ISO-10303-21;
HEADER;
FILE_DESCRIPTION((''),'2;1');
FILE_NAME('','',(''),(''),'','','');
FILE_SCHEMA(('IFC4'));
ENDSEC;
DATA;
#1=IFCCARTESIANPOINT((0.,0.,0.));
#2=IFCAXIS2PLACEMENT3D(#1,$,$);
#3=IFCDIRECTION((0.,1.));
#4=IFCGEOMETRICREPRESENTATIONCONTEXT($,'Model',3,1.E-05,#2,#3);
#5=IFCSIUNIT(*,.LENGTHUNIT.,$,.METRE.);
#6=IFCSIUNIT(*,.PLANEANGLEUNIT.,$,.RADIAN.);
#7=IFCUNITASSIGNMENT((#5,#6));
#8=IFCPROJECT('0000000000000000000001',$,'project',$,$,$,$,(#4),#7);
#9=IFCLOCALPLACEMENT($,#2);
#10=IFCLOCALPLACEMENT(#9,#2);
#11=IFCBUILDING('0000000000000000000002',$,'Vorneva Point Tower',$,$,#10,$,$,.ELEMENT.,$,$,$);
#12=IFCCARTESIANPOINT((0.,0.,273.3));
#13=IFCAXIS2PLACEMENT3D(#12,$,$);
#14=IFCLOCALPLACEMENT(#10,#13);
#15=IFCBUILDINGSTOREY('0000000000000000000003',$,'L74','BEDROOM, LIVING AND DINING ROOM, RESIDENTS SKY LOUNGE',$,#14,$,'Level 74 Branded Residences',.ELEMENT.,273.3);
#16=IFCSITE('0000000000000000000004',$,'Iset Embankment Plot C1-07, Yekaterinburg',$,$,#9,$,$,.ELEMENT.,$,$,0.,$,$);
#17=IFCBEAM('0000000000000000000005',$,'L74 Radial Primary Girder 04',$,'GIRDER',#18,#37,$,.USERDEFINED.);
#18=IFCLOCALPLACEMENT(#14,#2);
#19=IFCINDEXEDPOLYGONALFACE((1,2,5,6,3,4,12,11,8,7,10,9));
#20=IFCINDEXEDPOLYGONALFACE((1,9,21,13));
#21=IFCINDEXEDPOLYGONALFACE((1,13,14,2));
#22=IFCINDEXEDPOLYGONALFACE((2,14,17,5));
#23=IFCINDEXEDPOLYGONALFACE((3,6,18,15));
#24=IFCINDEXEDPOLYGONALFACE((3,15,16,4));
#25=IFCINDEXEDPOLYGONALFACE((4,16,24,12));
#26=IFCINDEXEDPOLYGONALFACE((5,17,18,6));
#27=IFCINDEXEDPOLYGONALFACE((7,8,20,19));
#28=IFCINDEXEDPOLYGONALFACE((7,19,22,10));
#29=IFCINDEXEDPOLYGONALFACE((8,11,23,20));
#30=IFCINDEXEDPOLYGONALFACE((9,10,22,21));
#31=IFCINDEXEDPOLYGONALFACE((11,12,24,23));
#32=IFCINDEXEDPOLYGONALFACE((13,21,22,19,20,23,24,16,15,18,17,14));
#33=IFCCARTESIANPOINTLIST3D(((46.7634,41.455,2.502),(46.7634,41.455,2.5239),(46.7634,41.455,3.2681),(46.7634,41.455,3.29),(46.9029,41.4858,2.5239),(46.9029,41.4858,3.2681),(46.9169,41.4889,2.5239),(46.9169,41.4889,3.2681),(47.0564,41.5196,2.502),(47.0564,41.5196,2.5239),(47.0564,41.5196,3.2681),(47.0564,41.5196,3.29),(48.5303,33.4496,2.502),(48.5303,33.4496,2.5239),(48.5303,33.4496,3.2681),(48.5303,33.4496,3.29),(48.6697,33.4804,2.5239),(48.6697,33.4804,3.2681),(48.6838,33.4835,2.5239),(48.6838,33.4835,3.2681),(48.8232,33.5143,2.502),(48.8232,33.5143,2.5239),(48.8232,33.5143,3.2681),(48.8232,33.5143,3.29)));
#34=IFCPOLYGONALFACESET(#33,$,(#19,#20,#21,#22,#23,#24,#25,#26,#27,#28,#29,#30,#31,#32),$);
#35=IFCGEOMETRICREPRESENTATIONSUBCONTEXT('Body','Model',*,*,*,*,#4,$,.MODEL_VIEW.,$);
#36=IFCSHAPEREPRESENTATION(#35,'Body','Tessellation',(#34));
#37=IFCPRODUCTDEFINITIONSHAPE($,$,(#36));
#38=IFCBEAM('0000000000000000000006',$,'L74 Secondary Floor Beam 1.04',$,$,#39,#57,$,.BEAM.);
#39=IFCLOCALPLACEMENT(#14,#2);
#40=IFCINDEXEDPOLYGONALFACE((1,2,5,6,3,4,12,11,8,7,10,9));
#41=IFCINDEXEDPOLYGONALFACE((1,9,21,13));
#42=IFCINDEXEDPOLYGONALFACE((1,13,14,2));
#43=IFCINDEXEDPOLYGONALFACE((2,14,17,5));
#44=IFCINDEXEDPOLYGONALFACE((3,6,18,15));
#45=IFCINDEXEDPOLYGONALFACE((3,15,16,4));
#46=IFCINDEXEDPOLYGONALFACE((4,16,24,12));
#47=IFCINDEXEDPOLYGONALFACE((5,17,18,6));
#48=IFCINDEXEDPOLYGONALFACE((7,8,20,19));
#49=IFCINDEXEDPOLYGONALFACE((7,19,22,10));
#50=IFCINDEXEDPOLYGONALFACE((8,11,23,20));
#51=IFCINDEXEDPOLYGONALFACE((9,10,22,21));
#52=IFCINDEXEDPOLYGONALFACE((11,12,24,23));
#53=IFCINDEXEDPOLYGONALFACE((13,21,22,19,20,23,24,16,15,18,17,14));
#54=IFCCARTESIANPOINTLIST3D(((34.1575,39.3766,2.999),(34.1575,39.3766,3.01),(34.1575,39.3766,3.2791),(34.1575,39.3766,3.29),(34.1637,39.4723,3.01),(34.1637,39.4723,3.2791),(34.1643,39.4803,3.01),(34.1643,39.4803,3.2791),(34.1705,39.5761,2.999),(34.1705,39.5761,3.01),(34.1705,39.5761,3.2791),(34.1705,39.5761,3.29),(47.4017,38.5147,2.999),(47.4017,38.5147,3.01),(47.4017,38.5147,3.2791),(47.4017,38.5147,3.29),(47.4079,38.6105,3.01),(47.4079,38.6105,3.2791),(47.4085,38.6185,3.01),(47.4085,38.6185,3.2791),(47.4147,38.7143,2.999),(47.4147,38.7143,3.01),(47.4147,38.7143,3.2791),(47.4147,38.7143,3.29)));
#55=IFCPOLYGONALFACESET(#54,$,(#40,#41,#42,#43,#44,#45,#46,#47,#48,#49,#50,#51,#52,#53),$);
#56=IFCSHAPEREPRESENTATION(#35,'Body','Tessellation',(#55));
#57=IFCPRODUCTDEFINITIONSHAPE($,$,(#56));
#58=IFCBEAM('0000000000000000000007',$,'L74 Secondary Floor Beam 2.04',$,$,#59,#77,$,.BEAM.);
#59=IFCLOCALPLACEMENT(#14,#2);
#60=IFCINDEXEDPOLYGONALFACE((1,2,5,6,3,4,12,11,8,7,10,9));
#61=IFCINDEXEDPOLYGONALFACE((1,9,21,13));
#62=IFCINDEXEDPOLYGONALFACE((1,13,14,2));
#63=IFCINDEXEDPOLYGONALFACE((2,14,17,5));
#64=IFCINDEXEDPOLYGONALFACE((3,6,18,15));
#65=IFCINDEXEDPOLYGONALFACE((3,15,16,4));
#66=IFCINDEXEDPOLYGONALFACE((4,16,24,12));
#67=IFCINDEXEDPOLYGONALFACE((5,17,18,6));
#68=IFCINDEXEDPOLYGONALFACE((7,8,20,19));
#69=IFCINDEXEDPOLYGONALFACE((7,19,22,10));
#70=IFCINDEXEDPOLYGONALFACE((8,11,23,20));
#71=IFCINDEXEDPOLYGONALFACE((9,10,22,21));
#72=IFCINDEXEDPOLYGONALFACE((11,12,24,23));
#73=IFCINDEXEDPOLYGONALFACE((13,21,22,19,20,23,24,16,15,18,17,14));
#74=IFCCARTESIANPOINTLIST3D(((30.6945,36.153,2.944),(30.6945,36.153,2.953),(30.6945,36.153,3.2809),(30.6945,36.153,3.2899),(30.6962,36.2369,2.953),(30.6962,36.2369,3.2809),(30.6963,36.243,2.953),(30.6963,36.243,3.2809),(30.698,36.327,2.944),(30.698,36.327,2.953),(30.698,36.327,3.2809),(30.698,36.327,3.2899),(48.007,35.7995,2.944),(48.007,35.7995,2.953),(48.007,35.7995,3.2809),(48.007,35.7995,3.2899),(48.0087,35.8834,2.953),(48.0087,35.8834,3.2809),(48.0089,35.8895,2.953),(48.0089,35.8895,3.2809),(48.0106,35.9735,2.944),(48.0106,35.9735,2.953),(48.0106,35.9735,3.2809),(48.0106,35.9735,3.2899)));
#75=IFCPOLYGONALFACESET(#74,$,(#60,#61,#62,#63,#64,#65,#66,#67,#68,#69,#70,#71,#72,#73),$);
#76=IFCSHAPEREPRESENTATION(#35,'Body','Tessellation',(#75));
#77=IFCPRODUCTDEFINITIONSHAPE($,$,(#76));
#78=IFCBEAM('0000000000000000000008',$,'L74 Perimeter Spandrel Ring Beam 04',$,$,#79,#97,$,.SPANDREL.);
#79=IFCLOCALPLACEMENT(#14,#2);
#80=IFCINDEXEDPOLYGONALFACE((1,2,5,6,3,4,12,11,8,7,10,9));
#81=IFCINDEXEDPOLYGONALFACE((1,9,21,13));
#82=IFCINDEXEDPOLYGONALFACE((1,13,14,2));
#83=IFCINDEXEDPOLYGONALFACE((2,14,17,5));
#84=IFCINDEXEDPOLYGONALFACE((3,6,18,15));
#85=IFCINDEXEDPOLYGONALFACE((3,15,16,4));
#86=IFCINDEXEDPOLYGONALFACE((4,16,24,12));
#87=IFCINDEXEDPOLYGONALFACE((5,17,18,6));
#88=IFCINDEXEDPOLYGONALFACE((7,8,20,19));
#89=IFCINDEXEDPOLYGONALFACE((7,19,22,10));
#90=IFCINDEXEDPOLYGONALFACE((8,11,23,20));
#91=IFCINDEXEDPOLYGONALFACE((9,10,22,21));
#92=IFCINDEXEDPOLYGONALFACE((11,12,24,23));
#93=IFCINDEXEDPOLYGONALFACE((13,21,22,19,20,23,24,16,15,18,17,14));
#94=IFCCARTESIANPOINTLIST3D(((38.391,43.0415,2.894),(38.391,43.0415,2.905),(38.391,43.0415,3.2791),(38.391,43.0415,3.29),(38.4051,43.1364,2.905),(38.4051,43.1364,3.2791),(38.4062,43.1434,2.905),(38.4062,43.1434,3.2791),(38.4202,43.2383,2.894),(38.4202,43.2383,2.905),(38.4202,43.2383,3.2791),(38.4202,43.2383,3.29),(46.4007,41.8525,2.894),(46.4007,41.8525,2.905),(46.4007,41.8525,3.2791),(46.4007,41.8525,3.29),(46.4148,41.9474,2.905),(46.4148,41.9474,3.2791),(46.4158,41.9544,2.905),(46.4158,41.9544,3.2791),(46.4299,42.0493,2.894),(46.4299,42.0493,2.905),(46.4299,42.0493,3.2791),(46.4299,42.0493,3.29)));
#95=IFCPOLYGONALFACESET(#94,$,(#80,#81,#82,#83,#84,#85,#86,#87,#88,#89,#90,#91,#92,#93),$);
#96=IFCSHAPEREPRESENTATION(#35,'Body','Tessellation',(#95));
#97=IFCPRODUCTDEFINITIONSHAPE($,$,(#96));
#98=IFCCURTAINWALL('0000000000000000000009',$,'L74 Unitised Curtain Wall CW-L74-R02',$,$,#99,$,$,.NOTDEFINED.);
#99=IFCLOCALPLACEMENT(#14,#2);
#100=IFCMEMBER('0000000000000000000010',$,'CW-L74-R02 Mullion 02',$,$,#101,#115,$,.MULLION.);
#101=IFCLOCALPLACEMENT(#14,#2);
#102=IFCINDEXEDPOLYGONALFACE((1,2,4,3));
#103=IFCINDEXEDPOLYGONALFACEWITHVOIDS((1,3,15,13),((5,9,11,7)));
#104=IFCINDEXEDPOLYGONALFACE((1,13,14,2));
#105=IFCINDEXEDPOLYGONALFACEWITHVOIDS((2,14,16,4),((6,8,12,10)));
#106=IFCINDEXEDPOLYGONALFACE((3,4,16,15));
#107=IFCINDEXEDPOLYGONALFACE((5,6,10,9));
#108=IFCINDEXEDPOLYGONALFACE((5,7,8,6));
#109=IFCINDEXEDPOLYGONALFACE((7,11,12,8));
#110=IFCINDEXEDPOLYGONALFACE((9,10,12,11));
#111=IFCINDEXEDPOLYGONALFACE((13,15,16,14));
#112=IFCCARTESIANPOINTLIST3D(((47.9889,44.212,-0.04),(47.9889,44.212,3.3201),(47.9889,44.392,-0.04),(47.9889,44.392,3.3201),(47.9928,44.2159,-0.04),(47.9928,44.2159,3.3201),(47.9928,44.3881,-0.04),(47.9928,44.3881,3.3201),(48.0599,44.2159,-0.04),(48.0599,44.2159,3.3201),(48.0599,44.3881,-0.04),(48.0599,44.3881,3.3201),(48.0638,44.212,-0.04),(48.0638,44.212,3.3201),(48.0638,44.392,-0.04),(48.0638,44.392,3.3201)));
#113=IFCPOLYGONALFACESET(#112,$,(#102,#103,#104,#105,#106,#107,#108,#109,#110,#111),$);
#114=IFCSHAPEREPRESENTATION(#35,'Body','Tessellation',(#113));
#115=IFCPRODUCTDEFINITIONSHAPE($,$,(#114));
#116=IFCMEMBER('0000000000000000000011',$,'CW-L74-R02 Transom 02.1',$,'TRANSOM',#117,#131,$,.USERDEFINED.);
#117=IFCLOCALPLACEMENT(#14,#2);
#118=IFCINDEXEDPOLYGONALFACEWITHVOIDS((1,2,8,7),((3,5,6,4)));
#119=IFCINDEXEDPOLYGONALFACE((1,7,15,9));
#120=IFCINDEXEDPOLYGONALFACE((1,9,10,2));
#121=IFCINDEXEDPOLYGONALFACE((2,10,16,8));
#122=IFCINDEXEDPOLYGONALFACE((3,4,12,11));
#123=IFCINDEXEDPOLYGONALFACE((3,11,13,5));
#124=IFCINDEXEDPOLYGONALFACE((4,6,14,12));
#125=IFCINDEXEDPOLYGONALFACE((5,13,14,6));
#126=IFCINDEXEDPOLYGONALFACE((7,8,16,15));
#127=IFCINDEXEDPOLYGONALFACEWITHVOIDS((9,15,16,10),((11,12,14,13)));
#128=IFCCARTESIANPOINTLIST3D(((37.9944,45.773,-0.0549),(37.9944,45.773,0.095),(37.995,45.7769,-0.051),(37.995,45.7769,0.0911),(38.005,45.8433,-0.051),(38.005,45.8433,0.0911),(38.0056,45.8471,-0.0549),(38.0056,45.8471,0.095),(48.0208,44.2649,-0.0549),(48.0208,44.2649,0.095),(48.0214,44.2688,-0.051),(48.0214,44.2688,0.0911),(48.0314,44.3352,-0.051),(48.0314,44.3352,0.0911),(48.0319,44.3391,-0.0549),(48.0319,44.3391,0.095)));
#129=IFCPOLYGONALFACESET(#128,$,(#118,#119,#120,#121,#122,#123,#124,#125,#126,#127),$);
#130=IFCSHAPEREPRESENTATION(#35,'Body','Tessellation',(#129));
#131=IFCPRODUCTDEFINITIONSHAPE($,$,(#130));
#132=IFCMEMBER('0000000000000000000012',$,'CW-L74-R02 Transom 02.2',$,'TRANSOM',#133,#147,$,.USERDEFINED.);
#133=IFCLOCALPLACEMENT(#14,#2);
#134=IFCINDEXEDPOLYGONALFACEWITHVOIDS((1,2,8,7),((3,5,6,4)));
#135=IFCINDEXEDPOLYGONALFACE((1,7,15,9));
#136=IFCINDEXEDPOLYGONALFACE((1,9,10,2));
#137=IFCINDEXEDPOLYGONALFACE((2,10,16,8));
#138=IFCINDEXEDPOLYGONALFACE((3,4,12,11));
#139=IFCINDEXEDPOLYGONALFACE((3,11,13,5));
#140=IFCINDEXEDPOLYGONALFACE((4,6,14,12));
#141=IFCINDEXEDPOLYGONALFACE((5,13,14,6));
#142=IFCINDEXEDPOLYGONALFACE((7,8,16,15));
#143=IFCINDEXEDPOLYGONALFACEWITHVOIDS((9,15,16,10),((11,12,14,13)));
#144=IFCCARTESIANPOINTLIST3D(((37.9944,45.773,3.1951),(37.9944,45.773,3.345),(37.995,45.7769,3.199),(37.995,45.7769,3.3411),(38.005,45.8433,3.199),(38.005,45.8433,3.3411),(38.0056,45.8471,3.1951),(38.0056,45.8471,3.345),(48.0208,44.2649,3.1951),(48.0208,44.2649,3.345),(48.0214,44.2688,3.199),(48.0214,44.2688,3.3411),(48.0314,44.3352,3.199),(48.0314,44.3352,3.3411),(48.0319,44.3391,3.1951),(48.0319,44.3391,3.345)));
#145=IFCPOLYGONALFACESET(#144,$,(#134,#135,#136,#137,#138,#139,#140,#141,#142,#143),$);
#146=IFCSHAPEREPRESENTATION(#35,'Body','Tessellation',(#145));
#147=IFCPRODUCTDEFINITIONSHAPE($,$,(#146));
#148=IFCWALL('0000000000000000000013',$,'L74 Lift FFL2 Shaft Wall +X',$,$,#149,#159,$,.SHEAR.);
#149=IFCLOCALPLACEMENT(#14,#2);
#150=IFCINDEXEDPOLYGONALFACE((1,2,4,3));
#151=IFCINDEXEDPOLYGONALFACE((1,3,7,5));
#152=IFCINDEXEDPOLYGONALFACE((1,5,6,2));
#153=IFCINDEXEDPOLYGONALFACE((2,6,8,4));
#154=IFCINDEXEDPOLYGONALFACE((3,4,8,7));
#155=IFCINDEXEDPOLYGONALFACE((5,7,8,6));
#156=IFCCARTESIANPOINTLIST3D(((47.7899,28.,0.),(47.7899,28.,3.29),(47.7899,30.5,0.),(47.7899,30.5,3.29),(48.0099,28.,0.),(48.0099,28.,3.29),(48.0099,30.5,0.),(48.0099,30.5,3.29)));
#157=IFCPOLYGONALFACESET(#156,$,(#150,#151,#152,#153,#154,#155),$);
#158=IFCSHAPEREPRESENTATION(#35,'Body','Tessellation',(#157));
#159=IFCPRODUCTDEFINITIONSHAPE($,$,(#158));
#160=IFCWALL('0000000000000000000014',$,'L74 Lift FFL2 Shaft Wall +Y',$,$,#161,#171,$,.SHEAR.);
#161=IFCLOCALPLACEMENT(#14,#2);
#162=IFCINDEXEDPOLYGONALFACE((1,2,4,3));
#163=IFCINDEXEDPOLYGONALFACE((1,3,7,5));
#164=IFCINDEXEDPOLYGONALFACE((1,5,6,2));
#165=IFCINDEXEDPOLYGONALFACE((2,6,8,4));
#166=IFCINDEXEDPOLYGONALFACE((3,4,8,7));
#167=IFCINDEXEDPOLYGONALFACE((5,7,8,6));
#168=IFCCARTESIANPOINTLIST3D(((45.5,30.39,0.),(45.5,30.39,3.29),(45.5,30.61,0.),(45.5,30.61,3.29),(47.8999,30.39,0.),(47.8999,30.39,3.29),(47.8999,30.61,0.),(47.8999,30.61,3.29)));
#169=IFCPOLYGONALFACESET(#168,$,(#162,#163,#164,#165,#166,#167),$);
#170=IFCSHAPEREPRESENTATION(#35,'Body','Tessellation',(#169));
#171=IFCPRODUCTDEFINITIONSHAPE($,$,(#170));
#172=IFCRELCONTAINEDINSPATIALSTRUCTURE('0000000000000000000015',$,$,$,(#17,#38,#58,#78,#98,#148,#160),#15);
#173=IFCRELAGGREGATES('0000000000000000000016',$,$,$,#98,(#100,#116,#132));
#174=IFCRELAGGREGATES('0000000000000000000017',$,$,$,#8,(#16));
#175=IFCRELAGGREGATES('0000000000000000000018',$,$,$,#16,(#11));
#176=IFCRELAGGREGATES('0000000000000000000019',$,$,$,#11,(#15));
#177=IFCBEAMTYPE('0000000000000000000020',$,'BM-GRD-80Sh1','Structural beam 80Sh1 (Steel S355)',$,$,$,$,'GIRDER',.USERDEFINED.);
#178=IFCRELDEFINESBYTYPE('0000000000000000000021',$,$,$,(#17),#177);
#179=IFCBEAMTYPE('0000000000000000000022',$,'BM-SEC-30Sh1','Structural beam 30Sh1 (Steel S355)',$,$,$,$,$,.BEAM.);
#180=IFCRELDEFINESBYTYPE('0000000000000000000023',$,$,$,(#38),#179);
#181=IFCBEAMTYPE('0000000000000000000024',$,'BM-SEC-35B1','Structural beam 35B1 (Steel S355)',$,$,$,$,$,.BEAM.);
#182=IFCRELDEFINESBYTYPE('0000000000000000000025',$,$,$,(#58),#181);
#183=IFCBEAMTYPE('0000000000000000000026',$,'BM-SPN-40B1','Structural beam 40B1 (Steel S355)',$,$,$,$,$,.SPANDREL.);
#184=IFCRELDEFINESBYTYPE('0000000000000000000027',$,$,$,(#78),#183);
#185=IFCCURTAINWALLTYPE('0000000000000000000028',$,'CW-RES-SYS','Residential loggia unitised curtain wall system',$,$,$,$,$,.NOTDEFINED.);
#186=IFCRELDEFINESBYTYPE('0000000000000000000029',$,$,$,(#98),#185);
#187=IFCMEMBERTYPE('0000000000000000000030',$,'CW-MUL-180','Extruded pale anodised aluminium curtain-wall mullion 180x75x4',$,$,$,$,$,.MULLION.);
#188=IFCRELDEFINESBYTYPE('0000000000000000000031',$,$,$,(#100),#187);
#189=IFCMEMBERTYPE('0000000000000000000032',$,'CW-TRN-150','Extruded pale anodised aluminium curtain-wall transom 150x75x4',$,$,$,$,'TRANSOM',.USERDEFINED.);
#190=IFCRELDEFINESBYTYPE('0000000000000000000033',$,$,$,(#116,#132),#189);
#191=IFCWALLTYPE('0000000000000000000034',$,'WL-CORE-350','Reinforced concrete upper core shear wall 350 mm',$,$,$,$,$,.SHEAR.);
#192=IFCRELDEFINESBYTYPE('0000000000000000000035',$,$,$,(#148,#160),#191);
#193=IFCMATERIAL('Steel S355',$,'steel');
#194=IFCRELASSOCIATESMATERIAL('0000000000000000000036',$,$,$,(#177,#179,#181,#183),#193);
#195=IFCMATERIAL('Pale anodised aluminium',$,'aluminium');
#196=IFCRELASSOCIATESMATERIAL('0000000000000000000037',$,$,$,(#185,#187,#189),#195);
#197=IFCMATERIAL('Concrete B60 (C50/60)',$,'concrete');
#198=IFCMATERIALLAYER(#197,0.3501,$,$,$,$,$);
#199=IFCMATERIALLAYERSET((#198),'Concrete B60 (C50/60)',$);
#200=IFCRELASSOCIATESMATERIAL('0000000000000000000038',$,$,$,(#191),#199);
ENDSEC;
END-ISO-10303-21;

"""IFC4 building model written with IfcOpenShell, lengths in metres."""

from ifc_helpers import new_model, si_unit, direction, frame, frame_2d, origin, origin_2d, place, context, subcontext, project, spatial, rectangle, hollow_rectangle, i_section, extrude, material, layer, layer_set, material_profile, profile_set, type_object, element, aggregate, save


model = new_model("IFC4")

# Units and contexts
model_context = context("Model", 3, precision=1e-05, world=origin(), true_north=direction((0.0, 1.0)))
body_context = subcontext(model_context, "Body", "Model", "MODEL_VIEW")
ifc_project = project(units=[si_unit("LENGTHUNIT", "METRE"), si_unit("PLANEANGLEUNIT", "RADIAN")], contexts=[model_context])

# Site, building, storey
site_placement = place(None, origin())
site = spatial("IfcSite", under=ifc_project, at=site_placement, Name="Iset Embankment Plot C1-07, Yekaterinburg", CompositionType="ELEMENT", RefElevation=0.0)
building_placement = place(site_placement, origin())
building = spatial("IfcBuilding", under=site, at=building_placement, Name="Vorneva Point Tower", CompositionType="ELEMENT")
storey_placement = place(building_placement, frame((0.0, 0.0, 273.3)))
storey = spatial("IfcBuildingStorey", under=building, at=storey_placement, Name="L74", Description="BEDROOM, LIVING AND DINING ROOM, RESIDENTS SKY LOUNGE", LongName="Level 74 Branded Residences", CompositionType="ELEMENT", Elevation=273.3)

# Beams
ifc_material_1 = material(Name="Steel S355", Category="steel")
ifc_material_profile_1 = material_profile(ifc_material_1, i_section(OverallWidth=0.3, OverallDepth=0.7881, WebThickness=0.0144, FlangeThickness=0.022, at=origin_2d()), Name="80Sh1")
ifc_profile_set_1 = profile_set([ifc_material_profile_1], Name="Steel S355")
beam_type_1 = type_object("IfcBeamType", Name="BM-GRD-80Sh1", Description="Structural beam 80Sh1 (Steel S355)", ElementType="GIRDER", PredefinedType="USERDEFINED", material=ifc_profile_set_1)
beam_1_placement = place(storey_placement, frame((46.9099, 41.4873, 2.896), z_axis=(0.215521, -0.976499, 0.0), x_axis=(0.976499, 0.215521, 0.0)))
element("IfcBeam", 1, at=beam_1_placement, inside=storey, type_object=beam_type_1, Name="L74 Radial Primary Girder 04", ObjectType="GIRDER", PredefinedType="USERDEFINED", context=body_context, shape_type="SweptSolid", body=[
    extrude(i_section(OverallWidth=0.3, OverallDepth=0.7881, WebThickness=0.0144, FlangeThickness=0.022, at=origin_2d()), origin(), (0.0, 0.0, 1.0), 8.198),
])
ifc_material_profile_2 = material_profile(ifc_material_1, i_section(OverallWidth=0.2, OverallDepth=0.291, WebThickness=0.0081, FlangeThickness=0.011, at=origin_2d()), Name="30Sh1")
ifc_profile_set_2 = profile_set([ifc_material_profile_2], Name="Steel S355")
beam_type_2 = type_object("IfcBeamType", Name="BM-SEC-30Sh1", Description="Structural beam 30Sh1 (Steel S355)", PredefinedType="BEAM", material=ifc_profile_set_2)
beam_2_placement = place(storey_placement, frame((47.4082, 38.6145, 3.1445), z_axis=(-0.99789, 0.064934, 0.0), x_axis=(-0.064934, -0.99789, 0.0)))
element("IfcBeam", 2, at=beam_2_placement, inside=storey, type_object=beam_type_2, Name="L74 Secondary Floor Beam 1.04", PredefinedType="BEAM", context=body_context, shape_type="SweptSolid", body=[
    extrude(i_section(OverallWidth=0.2, OverallDepth=0.291, WebThickness=0.0081, FlangeThickness=0.011, at=origin_2d()), origin(), (0.0, 0.0, 1.0), 13.2722),
])
ifc_material_profile_3 = material_profile(ifc_material_1, i_section(OverallWidth=0.1741, OverallDepth=0.3459, WebThickness=0.0061, FlangeThickness=0.009, at=origin_2d()), Name="35B1")
ifc_profile_set_3 = profile_set([ifc_material_profile_3], Name="Steel S355")
beam_type_3 = type_object("IfcBeamType", Name="BM-SEC-35B1", Description="Structural beam 35B1 (Steel S355)", PredefinedType="BEAM", material=ifc_profile_set_3)
beam_3_placement = place(storey_placement, frame((48.0088, 35.8865, 3.1169), z_axis=(-0.999792, 0.020415, 0.0), x_axis=(-0.020415, -0.999792, 0.0)))
element("IfcBeam", 3, at=beam_3_placement, inside=storey, type_object=beam_type_3, Name="L74 Secondary Floor Beam 2.04", PredefinedType="BEAM", context=body_context, shape_type="SweptSolid", body=[
    extrude(i_section(OverallWidth=0.1741, OverallDepth=0.3459, WebThickness=0.0061, FlangeThickness=0.009, at=origin_2d()), origin(), (0.0, 0.0, 1.0), 17.3162),
])
ifc_material_profile_4 = material_profile(ifc_material_1, i_section(OverallWidth=0.199, OverallDepth=0.396, WebThickness=0.0071, FlangeThickness=0.011, at=origin_2d()), Name="40B1")
ifc_profile_set_4 = profile_set([ifc_material_profile_4], Name="Steel S355")
beam_type_4 = type_object("IfcBeamType", Name="BM-SPN-40B1", Description="Structural beam 40B1 (Steel S355)", PredefinedType="SPANDREL", material=ifc_profile_set_4)
beam_4_placement = place(storey_placement, frame((46.4153, 41.9509, 3.092), z_axis=(-0.989162, 0.146831, 0.0), x_axis=(-0.146831, -0.989162, 0.0)))
element("IfcBeam", 4, at=beam_4_placement, inside=storey, type_object=beam_type_4, Name="L74 Perimeter Spandrel Ring Beam 04", PredefinedType="SPANDREL", context=body_context, shape_type="SweptSolid", body=[
    extrude(i_section(OverallWidth=0.199, OverallDepth=0.396, WebThickness=0.0071, FlangeThickness=0.011, at=origin_2d()), origin(), (0.0, 0.0, 1.0), 8.0974),
])

# Curtain wall, members
ifc_material_2 = material(Name="Pale anodised aluminium", Category="aluminium")
curtain_wall_type = type_object("IfcCurtainWallType", Name="CW-RES-SYS", Description="Residential loggia unitised curtain wall system", PredefinedType="NOTDEFINED", material=ifc_material_2)
curtain_wall_placement = place(storey_placement, origin())
curtain_wall = element("IfcCurtainWall", 5, at=curtain_wall_placement, inside=storey, type_object=curtain_wall_type, Name="L74 Unitised Curtain Wall CW-L74-R02", PredefinedType="NOTDEFINED")
ifc_material_profile_5 = material_profile(ifc_material_2, hollow_rectangle(XDim=0.075, YDim=0.1799, WallThickness=0.0039, at=origin_2d()), Name="AL-MUL 180x75x4")
ifc_profile_set_5 = profile_set([ifc_material_profile_5], Name="Pale anodised aluminium")
member_type_1 = type_object("IfcMemberType", Name="CW-MUL-180", Description="Extruded pale anodised aluminium curtain-wall mullion 180x75x4", PredefinedType="MULLION", material=ifc_profile_set_5)
member_1_placement = place(storey_placement, frame((48.0264, 44.302, -0.04), z_axis=(0.0, 0.0, 1.0), x_axis=(1.0, 0.0, 0.0)))
member_1 = element("IfcMember", 6, at=member_1_placement, type_object=member_type_1, Name="CW-L74-R02 Mullion 02", PredefinedType="MULLION", context=body_context, shape_type="SweptSolid", body=[
    extrude(hollow_rectangle(XDim=0.075, YDim=0.1799, WallThickness=0.0039, at=origin_2d()), origin(), (0.0, 0.0, 1.0), 3.3601),
])
ifc_material_profile_6 = material_profile(ifc_material_2, hollow_rectangle(XDim=0.075, YDim=0.1499, WallThickness=0.0039, at=origin_2d()), Name="AL-TRN 150x75x4")
ifc_profile_set_6 = profile_set([ifc_material_profile_6], Name="Pale anodised aluminium")
member_type_2 = type_object("IfcMemberType", Name="CW-TRN-150", Description="Extruded pale anodised aluminium curtain-wall transom 150x75x4", ElementType="TRANSOM", PredefinedType="USERDEFINED", material=ifc_profile_set_6)
member_2_placement = place(storey_placement, frame((48.0264, 44.302, 0.02), z_axis=(-0.988877, 0.148736, 0.0), x_axis=(-0.148736, -0.988877, 0.0)))
member_2 = element("IfcMember", 7, at=member_2_placement, type_object=member_type_2, Name="CW-L74-R02 Transom 02.1", ObjectType="TRANSOM", PredefinedType="USERDEFINED", context=body_context, shape_type="SweptSolid", body=[
    extrude(hollow_rectangle(XDim=0.075, YDim=0.1499, WallThickness=0.0039, at=origin_2d()), origin(), (0.0, 0.0, 1.0), 10.1392),
])
member_3_placement = place(storey_placement, frame((48.0264, 44.302, 3.27), z_axis=(-0.988877, 0.148736, 0.0), x_axis=(-0.148736, -0.988877, 0.0)))
member_3 = element("IfcMember", 8, at=member_3_placement, type_object=member_type_2, Name="CW-L74-R02 Transom 02.2", ObjectType="TRANSOM", PredefinedType="USERDEFINED", context=body_context, shape_type="SweptSolid", body=[
    extrude(hollow_rectangle(XDim=0.075, YDim=0.1499, WallThickness=0.0039, at=origin_2d()), origin(), (0.0, 0.0, 1.0), 10.1392),
])
aggregate(curtain_wall, [member_1, member_2, member_3])

# Walls
ifc_material_3 = material(Name="Concrete B60 (C50/60)", Category="concrete")
ifc_layer_1 = layer(ifc_material_3, 0.3501)
ifc_layer_set_1 = layer_set([ifc_layer_1], Name="Concrete B60 (C50/60)")
wall_type_1 = type_object("IfcWallType", Name="WL-CORE-350", Description="Reinforced concrete upper core shear wall 350 mm", PredefinedType="SHEAR", material=ifc_layer_set_1)
wall_1_placement = place(storey_placement, frame((47.8999, 28.0, 0.0), z_axis=(0.0, 0.0, 1.0), x_axis=(0.0, 1.0, 0.0)))
element("IfcWall", 9, at=wall_1_placement, inside=storey, type_object=wall_type_1, Name="L74 Lift FFL2 Shaft Wall +X", PredefinedType="SHEAR", context=body_context, shape_type="SweptSolid", body=[
    extrude(rectangle(XDim=2.5, YDim=0.22, at=frame_2d((1.25, 0.0))), origin(), (0.0, 0.0, 1.0), 3.29),
])
wall_2_placement = place(storey_placement, frame((47.8999, 30.5, 0.0), z_axis=(0.0, 0.0, 1.0), x_axis=(-1.0, 0.0, 0.0)))
element("IfcWall", 10, at=wall_2_placement, inside=storey, type_object=wall_type_1, Name="L74 Lift FFL2 Shaft Wall +Y", PredefinedType="SHEAR", context=body_context, shape_type="SweptSolid", body=[
    extrude(rectangle(XDim=2.3999, YDim=0.22, at=frame_2d((1.2, 0.0))), origin(), (0.0, 0.0, 1.0), 3.29),
])

save(model, "model.ifc")
